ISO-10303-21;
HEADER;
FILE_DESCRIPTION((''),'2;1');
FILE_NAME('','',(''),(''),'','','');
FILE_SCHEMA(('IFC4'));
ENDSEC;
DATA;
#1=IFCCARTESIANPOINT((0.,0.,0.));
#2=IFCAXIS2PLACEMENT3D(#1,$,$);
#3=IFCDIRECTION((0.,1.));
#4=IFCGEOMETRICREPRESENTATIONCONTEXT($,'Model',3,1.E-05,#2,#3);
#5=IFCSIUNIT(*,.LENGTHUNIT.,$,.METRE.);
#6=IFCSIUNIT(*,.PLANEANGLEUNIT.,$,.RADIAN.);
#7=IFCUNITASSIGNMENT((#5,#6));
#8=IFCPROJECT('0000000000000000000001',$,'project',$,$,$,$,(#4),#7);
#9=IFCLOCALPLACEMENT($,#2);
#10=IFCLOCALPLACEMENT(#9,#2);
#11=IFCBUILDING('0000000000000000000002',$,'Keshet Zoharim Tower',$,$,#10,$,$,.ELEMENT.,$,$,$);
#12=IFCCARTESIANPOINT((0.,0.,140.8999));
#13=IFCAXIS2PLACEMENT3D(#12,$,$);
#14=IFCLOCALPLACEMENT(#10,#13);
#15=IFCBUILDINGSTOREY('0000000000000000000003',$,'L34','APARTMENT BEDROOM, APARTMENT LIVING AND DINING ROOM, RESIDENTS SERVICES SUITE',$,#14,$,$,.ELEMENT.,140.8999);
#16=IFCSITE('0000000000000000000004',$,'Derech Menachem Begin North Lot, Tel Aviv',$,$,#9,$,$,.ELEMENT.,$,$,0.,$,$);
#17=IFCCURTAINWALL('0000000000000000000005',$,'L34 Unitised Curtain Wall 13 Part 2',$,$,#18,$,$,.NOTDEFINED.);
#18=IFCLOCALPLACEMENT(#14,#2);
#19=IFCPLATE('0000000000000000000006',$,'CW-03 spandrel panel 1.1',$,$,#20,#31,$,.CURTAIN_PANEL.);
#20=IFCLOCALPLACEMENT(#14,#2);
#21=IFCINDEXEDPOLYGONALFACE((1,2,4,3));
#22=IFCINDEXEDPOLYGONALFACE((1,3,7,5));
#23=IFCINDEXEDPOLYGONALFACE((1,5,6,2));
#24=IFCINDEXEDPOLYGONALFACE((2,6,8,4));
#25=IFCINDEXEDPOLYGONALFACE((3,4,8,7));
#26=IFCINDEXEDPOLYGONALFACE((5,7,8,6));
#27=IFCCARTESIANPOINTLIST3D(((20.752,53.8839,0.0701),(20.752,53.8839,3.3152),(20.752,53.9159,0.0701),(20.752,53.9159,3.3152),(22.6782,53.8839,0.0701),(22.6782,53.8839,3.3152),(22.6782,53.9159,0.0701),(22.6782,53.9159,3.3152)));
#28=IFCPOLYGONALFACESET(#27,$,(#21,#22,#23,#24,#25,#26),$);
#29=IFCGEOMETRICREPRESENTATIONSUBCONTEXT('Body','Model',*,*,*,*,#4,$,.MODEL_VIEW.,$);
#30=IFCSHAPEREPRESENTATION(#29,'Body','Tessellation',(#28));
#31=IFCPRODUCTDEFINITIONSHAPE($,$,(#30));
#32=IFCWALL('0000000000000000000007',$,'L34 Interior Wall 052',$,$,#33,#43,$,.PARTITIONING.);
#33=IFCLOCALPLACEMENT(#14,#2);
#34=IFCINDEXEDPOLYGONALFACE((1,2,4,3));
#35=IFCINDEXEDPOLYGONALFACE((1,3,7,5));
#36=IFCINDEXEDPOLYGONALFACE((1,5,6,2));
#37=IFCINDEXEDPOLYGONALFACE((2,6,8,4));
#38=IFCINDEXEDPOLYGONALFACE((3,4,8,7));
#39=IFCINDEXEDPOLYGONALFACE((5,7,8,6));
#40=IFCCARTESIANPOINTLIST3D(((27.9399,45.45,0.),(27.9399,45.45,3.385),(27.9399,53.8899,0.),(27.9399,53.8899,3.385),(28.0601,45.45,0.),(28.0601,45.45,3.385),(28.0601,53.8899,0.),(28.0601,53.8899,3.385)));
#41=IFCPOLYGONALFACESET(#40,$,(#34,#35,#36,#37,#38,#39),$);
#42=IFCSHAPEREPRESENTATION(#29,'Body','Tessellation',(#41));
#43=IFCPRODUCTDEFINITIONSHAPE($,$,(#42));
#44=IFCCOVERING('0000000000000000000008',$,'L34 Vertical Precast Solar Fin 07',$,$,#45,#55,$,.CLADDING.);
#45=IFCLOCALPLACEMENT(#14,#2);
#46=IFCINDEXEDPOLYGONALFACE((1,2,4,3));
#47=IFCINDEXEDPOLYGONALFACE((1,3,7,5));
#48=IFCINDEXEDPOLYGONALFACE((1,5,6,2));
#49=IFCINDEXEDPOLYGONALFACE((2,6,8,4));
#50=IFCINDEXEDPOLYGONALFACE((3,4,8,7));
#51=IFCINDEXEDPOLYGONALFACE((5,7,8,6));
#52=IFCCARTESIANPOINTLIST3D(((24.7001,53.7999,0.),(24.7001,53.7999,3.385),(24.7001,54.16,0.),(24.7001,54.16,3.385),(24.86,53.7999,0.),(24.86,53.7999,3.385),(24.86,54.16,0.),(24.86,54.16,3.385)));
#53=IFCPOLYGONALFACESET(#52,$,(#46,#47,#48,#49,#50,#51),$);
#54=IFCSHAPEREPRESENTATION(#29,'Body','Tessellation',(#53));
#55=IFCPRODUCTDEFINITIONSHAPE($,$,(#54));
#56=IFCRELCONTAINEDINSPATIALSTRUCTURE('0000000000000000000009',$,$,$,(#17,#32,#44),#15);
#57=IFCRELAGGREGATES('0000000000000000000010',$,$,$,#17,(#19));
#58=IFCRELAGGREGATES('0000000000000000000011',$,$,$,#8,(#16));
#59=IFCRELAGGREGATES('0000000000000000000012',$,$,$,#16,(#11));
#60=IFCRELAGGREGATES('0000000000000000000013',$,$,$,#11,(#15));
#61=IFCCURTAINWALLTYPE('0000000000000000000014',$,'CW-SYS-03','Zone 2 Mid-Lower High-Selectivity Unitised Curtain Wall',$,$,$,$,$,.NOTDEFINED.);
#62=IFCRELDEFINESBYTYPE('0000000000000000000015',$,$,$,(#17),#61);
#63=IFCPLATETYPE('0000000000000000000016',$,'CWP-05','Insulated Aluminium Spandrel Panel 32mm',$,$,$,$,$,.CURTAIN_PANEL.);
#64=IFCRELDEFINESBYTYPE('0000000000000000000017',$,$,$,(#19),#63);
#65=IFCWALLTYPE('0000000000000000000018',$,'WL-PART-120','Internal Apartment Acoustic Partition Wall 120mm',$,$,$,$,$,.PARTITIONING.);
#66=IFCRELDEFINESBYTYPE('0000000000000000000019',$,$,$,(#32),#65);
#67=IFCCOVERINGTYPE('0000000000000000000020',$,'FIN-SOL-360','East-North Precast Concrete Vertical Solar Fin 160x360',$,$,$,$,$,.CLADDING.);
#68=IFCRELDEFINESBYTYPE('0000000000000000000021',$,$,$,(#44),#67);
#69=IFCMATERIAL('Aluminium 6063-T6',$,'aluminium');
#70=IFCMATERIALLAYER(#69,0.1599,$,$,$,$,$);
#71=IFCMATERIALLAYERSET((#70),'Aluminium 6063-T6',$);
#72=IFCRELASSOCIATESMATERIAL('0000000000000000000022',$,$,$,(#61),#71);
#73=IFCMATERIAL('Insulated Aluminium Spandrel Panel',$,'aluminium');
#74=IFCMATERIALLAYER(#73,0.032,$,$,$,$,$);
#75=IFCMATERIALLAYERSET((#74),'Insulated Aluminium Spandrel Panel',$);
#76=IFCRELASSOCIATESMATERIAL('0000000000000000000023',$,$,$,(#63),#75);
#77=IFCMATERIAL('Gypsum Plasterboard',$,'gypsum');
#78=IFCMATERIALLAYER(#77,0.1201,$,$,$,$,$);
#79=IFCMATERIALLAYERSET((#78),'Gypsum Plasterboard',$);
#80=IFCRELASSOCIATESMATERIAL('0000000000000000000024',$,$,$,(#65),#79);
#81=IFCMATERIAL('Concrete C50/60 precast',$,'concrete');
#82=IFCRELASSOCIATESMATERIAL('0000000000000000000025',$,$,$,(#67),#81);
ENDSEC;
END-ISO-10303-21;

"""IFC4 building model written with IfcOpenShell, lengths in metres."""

from ifc_helpers import new_model, si_unit, direction, frame, frame_2d, origin, origin_2d, place, context, subcontext, project, spatial, rectangle, extrude, material, layer, layer_set, type_object, element, aggregate, save


model = new_model("IFC4")

# Units and contexts
model_context = context("Model", 3, precision=1e-05, world=origin(), true_north=direction((0.0, 1.0)))
body_context = subcontext(model_context, "Body", "Model", "MODEL_VIEW")
ifc_project = project(units=[si_unit("LENGTHUNIT", "METRE"), si_unit("PLANEANGLEUNIT", "RADIAN")], contexts=[model_context])

# Site, building, storey
site_placement = place(None, origin())
site = spatial("IfcSite", under=ifc_project, at=site_placement, Name="Derech Menachem Begin North Lot, Tel Aviv", CompositionType="ELEMENT", RefElevation=0.0)
building_placement = place(site_placement, origin())
building = spatial("IfcBuilding", under=site, at=building_placement, Name="Keshet Zoharim Tower", CompositionType="ELEMENT")
storey_placement = place(building_placement, frame((0.0, 0.0, 140.8999)))
storey = spatial("IfcBuildingStorey", under=building, at=storey_placement, Name="L34", Description="APARTMENT BEDROOM, APARTMENT LIVING AND DINING ROOM, RESIDENTS SERVICES SUITE", CompositionType="ELEMENT", Elevation=140.8999)

# Shared definitions
ifc_material_1 = material(Name="Aluminium 6063-T6", Category="aluminium")
ifc_layer_1 = layer(ifc_material_1, 0.1599)
ifc_layer_set_1 = layer_set([ifc_layer_1], Name="Aluminium 6063-T6")
curtain_wall_type = type_object("IfcCurtainWallType", Name="CW-SYS-03", Description="Zone 2 Mid-Lower High-Selectivity Unitised Curtain Wall", PredefinedType="NOTDEFINED", material=ifc_layer_set_1)

# Curtain wall
curtain_wall_1_placement = place(storey_placement, origin())
curtain_wall_1 = element("IfcCurtainWall", 1, at=curtain_wall_1_placement, inside=storey, type_object=curtain_wall_type, Name="L34 Unitised Curtain Wall 13 Part 2", PredefinedType="NOTDEFINED")

# Plate
ifc_material_2 = material(Name="Insulated Aluminium Spandrel Panel", Category="aluminium")
ifc_layer_2 = layer(ifc_material_2, 0.032)
ifc_layer_set_2 = layer_set([ifc_layer_2], Name="Insulated Aluminium Spandrel Panel")
plate_type_1 = type_object("IfcPlateType", Name="CWP-05", Description="Insulated Aluminium Spandrel Panel 32mm", PredefinedType="CURTAIN_PANEL", material=ifc_layer_set_2)
plate_1_placement = place(storey_placement, frame((21.7151, 53.8999, 0.0701), z_axis=(0.0, 0.0, 1.0), x_axis=(1.0, 0.0, 0.0)))
plate_1 = element("IfcPlate", 2, at=plate_1_placement, type_object=plate_type_1, Name="CW-03 spandrel panel 1.1", PredefinedType="CURTAIN_PANEL", context=body_context, shape_type="SweptSolid", body=[
    extrude(rectangle(XDim=1.9263, YDim=0.032, at=origin_2d()), origin(), (0.0, 0.0, 1.0), 3.2451),
])
aggregate(curtain_wall_1, [plate_1])

# Wall
ifc_material_3 = material(Name="Gypsum Plasterboard", Category="gypsum")
ifc_layer_3 = layer(ifc_material_3, 0.1201)
ifc_layer_set_3 = layer_set([ifc_layer_3], Name="Gypsum Plasterboard")
wall_type = type_object("IfcWallType", Name="WL-PART-120", Description="Internal Apartment Acoustic Partition Wall 120mm", PredefinedType="PARTITIONING", material=ifc_layer_set_3)
wall_placement = place(storey_placement, frame((28.0, 45.45, 0.0), z_axis=(0.0, 0.0, 1.0), x_axis=(0.0, 1.0, 0.0)))
element("IfcWall", 3, at=wall_placement, inside=storey, type_object=wall_type, Name="L34 Interior Wall 052", PredefinedType="PARTITIONING", context=body_context, shape_type="SweptSolid", body=[
    extrude(rectangle(XDim=8.4399, YDim=0.1201, at=frame_2d((4.22, 0.0))), origin(), (0.0, 0.0, 1.0), 3.385),
])

# Covering
ifc_material_4 = material(Name="Concrete C50/60 precast", Category="concrete")
covering_type = type_object("IfcCoveringType", Name="FIN-SOL-360", Description="East-North Precast Concrete Vertical Solar Fin 160x360", PredefinedType="CLADDING", material=ifc_material_4)
covering_placement = place(storey_placement, frame((24.78, 53.98, 0.0), z_axis=(0.0, 0.0, 1.0), x_axis=(1.0, 0.0, 0.0)))
element("IfcCovering", 4, at=covering_placement, inside=storey, type_object=covering_type, Name="L34 Vertical Precast Solar Fin 07", PredefinedType="CLADDING", context=body_context, shape_type="SweptSolid", body=[
    extrude(rectangle(XDim=0.1599, YDim=0.3601, at=origin_2d()), origin(), (0.0, 0.0, 1.0), 3.385),
])

save(model, "model.ifc")
